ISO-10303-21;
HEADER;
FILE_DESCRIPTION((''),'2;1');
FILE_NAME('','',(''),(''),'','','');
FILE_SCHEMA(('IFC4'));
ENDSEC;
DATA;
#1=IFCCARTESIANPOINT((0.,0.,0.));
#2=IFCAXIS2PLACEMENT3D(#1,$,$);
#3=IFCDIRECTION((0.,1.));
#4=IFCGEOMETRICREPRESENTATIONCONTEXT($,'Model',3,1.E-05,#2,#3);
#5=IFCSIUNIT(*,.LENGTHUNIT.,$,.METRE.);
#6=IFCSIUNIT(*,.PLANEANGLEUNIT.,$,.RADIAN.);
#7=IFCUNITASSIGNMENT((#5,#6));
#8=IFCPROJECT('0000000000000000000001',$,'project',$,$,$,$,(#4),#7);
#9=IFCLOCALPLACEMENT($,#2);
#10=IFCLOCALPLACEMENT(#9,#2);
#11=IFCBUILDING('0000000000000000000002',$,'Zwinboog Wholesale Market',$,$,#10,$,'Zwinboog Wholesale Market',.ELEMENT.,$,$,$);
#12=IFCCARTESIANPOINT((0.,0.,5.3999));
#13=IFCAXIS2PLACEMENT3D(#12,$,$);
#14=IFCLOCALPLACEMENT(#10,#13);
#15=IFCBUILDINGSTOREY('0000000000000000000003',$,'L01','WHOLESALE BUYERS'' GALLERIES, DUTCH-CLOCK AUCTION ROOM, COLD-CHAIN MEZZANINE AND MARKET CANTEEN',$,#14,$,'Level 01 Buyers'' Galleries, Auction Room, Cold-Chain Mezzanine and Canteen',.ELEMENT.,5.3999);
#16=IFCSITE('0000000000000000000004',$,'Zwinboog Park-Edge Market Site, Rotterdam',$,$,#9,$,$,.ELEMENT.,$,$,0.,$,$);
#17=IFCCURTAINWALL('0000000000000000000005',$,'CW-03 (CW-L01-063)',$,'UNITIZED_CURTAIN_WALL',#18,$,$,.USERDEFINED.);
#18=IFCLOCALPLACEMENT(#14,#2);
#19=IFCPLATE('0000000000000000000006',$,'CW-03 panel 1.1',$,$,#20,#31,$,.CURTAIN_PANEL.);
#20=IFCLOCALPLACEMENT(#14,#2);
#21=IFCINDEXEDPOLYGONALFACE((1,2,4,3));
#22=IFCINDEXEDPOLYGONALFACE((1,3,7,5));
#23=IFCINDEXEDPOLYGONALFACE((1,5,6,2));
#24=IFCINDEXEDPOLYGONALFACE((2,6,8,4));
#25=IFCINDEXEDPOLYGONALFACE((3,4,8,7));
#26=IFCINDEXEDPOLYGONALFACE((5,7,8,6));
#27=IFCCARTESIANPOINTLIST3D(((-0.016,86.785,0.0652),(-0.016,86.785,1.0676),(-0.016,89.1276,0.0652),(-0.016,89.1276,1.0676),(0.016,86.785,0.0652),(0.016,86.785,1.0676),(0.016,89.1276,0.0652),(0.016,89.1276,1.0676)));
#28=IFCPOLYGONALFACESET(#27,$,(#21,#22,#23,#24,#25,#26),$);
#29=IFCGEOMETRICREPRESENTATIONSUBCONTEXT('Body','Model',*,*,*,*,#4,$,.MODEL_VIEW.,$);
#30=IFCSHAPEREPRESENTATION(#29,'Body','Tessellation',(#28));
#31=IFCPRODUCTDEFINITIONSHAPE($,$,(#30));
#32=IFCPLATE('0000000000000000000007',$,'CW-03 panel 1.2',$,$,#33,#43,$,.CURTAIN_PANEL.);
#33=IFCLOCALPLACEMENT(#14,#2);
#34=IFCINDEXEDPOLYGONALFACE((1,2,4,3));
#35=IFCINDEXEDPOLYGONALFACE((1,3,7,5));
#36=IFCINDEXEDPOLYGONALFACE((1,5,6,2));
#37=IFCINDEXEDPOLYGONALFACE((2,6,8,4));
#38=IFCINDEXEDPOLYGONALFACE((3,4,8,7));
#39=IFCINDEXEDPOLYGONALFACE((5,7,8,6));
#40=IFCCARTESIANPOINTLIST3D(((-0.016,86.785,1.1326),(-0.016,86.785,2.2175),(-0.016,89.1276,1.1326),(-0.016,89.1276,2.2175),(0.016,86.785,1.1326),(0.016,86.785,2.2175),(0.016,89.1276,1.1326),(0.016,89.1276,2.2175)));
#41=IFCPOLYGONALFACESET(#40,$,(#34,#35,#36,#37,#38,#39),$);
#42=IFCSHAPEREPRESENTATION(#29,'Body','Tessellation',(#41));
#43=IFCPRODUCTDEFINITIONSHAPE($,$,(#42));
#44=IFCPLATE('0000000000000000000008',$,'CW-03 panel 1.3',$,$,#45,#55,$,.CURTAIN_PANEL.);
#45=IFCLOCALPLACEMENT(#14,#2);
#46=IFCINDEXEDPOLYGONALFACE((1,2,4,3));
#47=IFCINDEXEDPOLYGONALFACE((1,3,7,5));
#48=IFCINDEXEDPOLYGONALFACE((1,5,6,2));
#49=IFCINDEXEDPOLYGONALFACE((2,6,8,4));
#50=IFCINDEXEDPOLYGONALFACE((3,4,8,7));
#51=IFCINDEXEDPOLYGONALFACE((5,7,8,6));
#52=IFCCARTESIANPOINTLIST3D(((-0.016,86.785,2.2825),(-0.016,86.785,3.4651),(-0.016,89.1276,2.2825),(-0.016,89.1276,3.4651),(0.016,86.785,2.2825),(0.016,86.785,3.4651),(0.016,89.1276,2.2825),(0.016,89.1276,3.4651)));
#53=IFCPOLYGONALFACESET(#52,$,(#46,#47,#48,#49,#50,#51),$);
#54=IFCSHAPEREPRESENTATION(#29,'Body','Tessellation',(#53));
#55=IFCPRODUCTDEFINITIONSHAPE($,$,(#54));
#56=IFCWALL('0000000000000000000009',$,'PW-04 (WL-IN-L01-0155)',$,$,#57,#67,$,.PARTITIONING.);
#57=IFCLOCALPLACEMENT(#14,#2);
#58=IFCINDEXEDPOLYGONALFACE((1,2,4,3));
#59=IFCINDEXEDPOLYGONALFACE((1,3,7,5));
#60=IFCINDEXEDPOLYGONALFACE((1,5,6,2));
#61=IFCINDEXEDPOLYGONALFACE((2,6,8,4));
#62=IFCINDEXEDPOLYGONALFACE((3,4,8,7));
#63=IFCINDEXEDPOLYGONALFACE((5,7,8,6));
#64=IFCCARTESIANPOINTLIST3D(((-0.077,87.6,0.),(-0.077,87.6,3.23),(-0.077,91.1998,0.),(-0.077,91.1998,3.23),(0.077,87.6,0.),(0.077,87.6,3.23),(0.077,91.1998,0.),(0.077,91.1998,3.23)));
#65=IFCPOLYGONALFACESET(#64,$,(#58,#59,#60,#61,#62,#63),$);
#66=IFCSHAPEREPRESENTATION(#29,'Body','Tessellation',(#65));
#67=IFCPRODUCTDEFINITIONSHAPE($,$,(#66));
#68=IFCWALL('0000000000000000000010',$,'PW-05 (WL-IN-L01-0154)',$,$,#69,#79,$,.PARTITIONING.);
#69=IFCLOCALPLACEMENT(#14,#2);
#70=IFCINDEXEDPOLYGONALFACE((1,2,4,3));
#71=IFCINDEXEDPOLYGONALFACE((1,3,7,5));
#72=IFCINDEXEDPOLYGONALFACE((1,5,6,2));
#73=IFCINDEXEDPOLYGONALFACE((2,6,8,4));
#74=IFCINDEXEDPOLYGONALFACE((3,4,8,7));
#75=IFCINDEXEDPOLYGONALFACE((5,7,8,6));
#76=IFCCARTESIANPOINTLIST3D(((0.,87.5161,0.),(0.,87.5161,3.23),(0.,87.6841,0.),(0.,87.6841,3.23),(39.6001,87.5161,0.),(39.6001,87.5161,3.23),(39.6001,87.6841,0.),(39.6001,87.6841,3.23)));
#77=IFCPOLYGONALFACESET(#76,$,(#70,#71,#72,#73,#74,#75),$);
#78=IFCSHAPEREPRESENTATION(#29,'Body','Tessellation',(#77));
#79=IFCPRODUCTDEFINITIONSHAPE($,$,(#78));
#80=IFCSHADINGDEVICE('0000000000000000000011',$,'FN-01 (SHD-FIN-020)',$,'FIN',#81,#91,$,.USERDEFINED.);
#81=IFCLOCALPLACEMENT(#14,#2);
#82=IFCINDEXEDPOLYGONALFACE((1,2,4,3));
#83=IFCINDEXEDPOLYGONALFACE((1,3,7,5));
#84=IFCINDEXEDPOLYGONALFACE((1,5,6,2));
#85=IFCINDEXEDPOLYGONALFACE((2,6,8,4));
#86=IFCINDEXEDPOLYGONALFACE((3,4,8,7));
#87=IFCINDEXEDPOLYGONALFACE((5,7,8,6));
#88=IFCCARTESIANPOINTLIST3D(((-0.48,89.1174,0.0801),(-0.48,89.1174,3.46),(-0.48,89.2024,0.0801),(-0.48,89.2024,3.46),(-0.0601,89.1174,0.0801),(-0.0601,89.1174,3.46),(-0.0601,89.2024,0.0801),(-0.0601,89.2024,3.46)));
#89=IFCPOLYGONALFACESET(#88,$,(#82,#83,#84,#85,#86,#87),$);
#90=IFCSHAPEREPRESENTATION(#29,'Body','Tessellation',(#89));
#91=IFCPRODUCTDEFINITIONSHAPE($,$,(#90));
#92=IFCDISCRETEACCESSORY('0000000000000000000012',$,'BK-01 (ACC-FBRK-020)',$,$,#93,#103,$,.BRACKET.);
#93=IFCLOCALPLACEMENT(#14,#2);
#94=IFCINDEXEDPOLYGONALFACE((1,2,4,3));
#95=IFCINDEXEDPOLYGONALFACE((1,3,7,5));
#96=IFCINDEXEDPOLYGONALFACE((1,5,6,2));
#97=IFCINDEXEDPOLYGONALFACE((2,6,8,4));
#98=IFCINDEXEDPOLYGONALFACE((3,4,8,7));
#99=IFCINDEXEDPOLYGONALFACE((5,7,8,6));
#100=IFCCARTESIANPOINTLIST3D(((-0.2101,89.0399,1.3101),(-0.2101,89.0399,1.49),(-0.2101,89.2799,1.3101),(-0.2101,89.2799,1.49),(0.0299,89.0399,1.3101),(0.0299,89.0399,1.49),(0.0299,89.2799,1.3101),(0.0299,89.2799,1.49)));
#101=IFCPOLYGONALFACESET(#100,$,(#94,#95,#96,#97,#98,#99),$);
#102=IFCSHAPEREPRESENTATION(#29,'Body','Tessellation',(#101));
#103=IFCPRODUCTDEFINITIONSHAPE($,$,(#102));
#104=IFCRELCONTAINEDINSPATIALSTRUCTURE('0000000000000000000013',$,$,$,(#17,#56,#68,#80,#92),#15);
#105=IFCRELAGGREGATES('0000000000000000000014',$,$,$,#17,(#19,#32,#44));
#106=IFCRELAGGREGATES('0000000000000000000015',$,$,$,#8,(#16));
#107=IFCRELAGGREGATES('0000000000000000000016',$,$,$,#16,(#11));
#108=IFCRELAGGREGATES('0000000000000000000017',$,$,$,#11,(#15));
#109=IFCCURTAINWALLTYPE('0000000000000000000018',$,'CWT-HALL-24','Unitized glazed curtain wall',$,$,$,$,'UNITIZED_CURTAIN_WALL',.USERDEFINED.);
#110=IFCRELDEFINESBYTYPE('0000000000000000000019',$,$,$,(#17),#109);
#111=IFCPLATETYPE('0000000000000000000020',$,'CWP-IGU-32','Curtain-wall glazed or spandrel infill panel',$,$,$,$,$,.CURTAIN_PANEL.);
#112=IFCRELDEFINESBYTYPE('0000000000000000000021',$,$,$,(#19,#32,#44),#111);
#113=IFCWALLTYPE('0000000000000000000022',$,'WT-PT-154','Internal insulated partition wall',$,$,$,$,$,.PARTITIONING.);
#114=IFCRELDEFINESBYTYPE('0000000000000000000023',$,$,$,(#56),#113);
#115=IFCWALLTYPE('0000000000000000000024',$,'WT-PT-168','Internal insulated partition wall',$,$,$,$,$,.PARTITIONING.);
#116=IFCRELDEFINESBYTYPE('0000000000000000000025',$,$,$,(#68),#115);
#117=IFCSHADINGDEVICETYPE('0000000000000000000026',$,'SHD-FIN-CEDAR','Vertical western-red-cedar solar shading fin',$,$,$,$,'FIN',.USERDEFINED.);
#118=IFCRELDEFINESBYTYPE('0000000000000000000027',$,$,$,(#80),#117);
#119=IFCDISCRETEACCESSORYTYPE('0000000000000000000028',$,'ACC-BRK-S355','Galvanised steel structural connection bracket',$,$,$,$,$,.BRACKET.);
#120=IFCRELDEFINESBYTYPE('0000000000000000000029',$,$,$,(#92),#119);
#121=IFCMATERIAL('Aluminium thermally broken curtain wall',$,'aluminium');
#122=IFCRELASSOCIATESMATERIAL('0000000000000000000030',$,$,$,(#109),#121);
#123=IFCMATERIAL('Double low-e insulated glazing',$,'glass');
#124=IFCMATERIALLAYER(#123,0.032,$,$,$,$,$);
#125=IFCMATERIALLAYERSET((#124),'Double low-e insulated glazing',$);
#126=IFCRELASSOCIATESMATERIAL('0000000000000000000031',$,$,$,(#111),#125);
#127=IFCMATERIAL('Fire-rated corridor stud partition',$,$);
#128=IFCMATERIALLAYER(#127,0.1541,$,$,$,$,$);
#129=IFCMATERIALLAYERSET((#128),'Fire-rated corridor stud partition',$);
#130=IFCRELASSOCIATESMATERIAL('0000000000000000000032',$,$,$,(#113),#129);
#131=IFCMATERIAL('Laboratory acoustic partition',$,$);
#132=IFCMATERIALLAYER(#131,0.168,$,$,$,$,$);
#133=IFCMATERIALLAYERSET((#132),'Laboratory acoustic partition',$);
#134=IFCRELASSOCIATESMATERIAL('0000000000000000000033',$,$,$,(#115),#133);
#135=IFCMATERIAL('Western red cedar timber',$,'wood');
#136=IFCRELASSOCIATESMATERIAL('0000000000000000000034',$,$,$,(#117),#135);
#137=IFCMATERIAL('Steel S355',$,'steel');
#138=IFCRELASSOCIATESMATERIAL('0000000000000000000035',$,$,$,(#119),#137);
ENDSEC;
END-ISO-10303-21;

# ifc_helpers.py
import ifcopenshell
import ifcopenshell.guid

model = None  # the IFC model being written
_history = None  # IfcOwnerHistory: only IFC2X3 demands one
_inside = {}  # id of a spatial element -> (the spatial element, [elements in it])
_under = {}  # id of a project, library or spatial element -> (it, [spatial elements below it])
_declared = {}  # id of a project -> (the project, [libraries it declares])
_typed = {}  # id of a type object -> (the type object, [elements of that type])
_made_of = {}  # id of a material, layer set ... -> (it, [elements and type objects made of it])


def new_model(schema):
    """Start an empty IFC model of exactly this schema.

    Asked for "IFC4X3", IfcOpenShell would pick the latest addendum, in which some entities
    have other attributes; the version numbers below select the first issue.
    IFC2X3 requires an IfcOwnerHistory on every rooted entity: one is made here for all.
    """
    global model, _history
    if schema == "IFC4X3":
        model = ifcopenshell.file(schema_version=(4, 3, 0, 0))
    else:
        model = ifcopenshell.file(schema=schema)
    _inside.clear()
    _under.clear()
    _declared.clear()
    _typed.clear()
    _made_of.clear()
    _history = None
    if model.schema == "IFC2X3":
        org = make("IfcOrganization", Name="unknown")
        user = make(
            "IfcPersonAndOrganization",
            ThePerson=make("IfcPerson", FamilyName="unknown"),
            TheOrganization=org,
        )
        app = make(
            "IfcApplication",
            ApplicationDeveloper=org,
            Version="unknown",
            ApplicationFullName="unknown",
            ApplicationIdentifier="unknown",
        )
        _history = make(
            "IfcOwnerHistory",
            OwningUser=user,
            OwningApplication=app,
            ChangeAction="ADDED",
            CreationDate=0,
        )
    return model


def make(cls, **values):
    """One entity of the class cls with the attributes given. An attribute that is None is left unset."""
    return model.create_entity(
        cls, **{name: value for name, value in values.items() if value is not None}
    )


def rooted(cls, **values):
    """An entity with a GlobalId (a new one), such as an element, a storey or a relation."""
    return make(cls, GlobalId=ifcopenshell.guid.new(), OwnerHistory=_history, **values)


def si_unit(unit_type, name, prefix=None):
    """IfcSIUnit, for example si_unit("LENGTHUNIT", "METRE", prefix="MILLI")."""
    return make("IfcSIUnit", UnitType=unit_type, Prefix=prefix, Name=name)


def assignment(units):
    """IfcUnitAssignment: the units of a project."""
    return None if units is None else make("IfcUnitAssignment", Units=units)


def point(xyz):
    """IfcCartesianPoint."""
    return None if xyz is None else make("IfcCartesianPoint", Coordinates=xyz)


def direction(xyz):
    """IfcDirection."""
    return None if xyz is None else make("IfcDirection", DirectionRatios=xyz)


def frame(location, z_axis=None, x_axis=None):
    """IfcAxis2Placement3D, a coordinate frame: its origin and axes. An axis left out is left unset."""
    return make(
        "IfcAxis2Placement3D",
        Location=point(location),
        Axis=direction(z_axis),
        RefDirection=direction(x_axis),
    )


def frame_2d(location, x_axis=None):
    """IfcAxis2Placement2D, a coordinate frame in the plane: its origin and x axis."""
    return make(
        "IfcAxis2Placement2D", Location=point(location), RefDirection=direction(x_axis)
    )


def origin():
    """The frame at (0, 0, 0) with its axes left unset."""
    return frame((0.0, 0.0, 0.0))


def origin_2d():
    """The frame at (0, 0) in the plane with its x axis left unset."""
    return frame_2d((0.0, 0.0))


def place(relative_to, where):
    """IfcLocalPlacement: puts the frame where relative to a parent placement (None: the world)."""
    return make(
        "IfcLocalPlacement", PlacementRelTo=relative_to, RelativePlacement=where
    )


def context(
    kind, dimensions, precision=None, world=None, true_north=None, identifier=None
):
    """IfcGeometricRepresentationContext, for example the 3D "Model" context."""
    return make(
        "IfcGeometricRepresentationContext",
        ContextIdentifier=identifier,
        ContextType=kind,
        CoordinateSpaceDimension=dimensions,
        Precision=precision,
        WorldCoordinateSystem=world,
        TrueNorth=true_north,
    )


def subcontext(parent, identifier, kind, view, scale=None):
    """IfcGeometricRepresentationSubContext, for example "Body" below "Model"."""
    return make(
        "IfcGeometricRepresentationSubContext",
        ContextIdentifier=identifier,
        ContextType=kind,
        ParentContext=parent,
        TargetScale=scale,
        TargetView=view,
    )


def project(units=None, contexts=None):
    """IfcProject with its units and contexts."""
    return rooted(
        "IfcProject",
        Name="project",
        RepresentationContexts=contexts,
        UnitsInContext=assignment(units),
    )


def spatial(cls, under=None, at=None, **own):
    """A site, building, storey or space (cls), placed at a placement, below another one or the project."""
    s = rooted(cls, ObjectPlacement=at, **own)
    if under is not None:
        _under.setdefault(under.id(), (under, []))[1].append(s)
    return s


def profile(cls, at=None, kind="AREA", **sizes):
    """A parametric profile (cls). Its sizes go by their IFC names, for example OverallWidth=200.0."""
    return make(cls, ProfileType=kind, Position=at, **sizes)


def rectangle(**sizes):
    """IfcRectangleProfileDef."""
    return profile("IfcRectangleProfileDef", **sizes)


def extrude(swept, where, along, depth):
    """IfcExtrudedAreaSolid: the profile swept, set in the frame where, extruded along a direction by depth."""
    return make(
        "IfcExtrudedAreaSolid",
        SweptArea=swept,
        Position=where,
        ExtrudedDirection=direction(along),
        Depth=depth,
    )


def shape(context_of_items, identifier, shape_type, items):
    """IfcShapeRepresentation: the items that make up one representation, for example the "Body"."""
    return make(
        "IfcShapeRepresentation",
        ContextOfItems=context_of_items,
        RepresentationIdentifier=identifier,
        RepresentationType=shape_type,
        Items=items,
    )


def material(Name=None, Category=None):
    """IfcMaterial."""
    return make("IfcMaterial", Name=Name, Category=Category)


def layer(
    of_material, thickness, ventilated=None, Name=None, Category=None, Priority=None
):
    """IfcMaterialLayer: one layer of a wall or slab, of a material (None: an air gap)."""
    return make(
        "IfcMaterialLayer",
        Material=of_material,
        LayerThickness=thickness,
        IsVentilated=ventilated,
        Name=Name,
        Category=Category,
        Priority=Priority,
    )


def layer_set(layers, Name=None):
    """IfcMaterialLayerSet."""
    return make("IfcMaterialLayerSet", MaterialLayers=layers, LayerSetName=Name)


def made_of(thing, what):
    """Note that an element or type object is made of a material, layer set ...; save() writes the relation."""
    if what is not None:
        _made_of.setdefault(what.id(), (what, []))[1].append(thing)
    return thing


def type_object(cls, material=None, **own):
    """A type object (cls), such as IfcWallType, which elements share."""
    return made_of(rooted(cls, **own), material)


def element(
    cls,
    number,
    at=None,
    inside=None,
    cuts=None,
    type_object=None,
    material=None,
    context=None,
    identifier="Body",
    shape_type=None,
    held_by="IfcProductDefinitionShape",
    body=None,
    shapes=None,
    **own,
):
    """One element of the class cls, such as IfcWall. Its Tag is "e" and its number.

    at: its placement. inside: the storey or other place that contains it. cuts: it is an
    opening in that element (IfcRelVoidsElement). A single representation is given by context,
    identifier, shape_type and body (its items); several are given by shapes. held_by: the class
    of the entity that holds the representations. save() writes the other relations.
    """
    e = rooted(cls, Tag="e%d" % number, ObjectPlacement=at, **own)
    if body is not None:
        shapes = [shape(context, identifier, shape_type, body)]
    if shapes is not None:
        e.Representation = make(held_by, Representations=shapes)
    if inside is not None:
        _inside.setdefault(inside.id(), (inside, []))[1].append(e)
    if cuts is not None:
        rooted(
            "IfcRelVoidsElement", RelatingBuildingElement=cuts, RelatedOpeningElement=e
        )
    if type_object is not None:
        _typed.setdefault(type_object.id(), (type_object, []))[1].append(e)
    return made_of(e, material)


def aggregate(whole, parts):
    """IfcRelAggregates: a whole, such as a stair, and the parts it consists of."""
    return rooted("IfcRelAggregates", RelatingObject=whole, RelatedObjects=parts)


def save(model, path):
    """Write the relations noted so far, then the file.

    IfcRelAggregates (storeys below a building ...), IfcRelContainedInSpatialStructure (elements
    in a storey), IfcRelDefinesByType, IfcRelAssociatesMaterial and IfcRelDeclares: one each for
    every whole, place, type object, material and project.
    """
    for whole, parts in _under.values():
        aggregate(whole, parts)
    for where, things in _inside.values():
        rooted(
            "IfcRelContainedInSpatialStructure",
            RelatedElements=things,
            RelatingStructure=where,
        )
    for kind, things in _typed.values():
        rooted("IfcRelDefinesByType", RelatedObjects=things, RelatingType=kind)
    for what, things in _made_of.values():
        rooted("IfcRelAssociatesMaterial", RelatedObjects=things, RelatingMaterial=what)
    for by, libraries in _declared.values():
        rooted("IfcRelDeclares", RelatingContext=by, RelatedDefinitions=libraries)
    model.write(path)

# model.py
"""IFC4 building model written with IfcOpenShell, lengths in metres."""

from ifc_helpers import new_model, si_unit, direction, frame, frame_2d, origin, origin_2d, place, context, subcontext, project, spatial, rectangle, extrude, material, layer, layer_set, type_object, element, aggregate, save


model = new_model("IFC4")

# Units and contexts
model_context = context("Model", 3, precision=1e-05, world=origin(), true_north=direction((0.0, 1.0)))
body_context = subcontext(model_context, "Body", "Model", "MODEL_VIEW")
ifc_project = project(units=[si_unit("LENGTHUNIT", "METRE"), si_unit("PLANEANGLEUNIT", "RADIAN")], contexts=[model_context])

# Site, building, storey
site_placement = place(None, origin())
site = spatial("IfcSite", under=ifc_project, at=site_placement, Name="Zwinboog Park-Edge Market Site, Rotterdam", CompositionType="ELEMENT", RefElevation=0.0)
building_placement = place(site_placement, origin())
building = spatial("IfcBuilding", under=site, at=building_placement, Name="Zwinboog Wholesale Market", LongName="Zwinboog Wholesale Market", CompositionType="ELEMENT")
storey_placement = place(building_placement, frame((0.0, 0.0, 5.3999)))
storey = spatial("IfcBuildingStorey", under=building, at=storey_placement, Name="L01", Description="WHOLESALE BUYERS' GALLERIES, DUTCH-CLOCK AUCTION ROOM, COLD-CHAIN MEZZANINE AND MARKET CANTEEN", LongName="Level 01 Buyers' Galleries, Auction Room, Cold-Chain Mezzanine and Canteen", CompositionType="ELEMENT", Elevation=5.3999)

# Curtain wall
ifc_material_1 = material(Name="Aluminium thermally broken curtain wall", Category="aluminium")
curtain_wall_type_1 = type_object("IfcCurtainWallType", Name="CWT-HALL-24", Description="Unitized glazed curtain wall", ElementType="UNITIZED_CURTAIN_WALL", PredefinedType="USERDEFINED", material=ifc_material_1)
curtain_wall_1_placement = place(storey_placement, origin())
curtain_wall_1 = element("IfcCurtainWall", 1, at=curtain_wall_1_placement, inside=storey, type_object=curtain_wall_type_1, Name="CW-03 (CW-L01-063)", ObjectType="UNITIZED_CURTAIN_WALL", PredefinedType="USERDEFINED")

# Plates
ifc_material_2 = material(Name="Double low-e insulated glazing", Category="glass")
ifc_layer_1 = layer(ifc_material_2, 0.032)
ifc_layer_set_1 = layer_set([ifc_layer_1], Name="Double low-e insulated glazing")
plate_type = type_object("IfcPlateType", Name="CWP-IGU-32", Description="Curtain-wall glazed or spandrel infill panel", PredefinedType="CURTAIN_PANEL", material=ifc_layer_set_1)
plate_1_placement = place(storey_placement, frame((0.0, 87.9563, 0.0652), z_axis=(0.0, 0.0, 1.0), x_axis=(0.0, 1.0, 0.0)))
plate_1 = element("IfcPlate", 2, at=plate_1_placement, type_object=plate_type, Name="CW-03 panel 1.1", PredefinedType="CURTAIN_PANEL", context=body_context, shape_type="SweptSolid", body=[
    extrude(rectangle(XDim=2.3425, YDim=0.032, at=origin_2d()), origin(), (0.0, 0.0, 1.0), 1.0024),
])
plate_2_placement = place(storey_placement, frame((0.0, 87.9563, 1.1326), z_axis=(0.0, 0.0, 1.0), x_axis=(0.0, 1.0, 0.0)))
plate_2 = element("IfcPlate", 3, at=plate_2_placement, type_object=plate_type, Name="CW-03 panel 1.2", PredefinedType="CURTAIN_PANEL", context=body_context, shape_type="SweptSolid", body=[
    extrude(rectangle(XDim=2.3425, YDim=0.032, at=origin_2d()), origin(), (0.0, 0.0, 1.0), 1.085),
])
plate_3_placement = place(storey_placement, frame((0.0, 87.9563, 2.2825), z_axis=(0.0, 0.0, 1.0), x_axis=(0.0, 1.0, 0.0)))
plate_3 = element("IfcPlate", 4, at=plate_3_placement, type_object=plate_type, Name="CW-03 panel 1.3", PredefinedType="CURTAIN_PANEL", context=body_context, shape_type="SweptSolid", body=[
    extrude(rectangle(XDim=2.3425, YDim=0.032, at=origin_2d()), origin(), (0.0, 0.0, 1.0), 1.1826),
])
aggregate(curtain_wall_1, [plate_1, plate_2, plate_3])

# Walls
ifc_material_3 = material(Name="Fire-rated corridor stud partition")
ifc_layer_2 = layer(ifc_material_3, 0.1541)
ifc_layer_set_2 = layer_set([ifc_layer_2], Name="Fire-rated corridor stud partition")
wall_type_1 = type_object("IfcWallType", Name="WT-PT-154", Description="Internal insulated partition wall", PredefinedType="PARTITIONING", material=ifc_layer_set_2)
wall_1_placement = place(storey_placement, frame((0.0, 87.6001, 0.0), z_axis=(0.0, 0.0, 1.0), x_axis=(0.0, 1.0, 0.0)))
element("IfcWall", 5, at=wall_1_placement, inside=storey, type_object=wall_type_1, Name="PW-04 (WL-IN-L01-0155)", PredefinedType="PARTITIONING", context=body_context, shape_type="SweptSolid", body=[
    extrude(rectangle(XDim=3.5999, YDim=0.1541, at=frame_2d((1.7998, 0.0))), origin(), (0.0, 0.0, 1.0), 3.23),
])
ifc_material_4 = material(Name="Laboratory acoustic partition")
ifc_layer_3 = layer(ifc_material_4, 0.168)
ifc_layer_set_3 = layer_set([ifc_layer_3], Name="Laboratory acoustic partition")
wall_type_2 = type_object("IfcWallType", Name="WT-PT-168", Description="Internal insulated partition wall", PredefinedType="PARTITIONING", material=ifc_layer_set_3)
wall_2_placement = place(storey_placement, frame((0.0, 87.6001, 0.0), z_axis=(0.0, 0.0, 1.0), x_axis=(1.0, 0.0, 0.0)))
element("IfcWall", 6, at=wall_2_placement, inside=storey, type_object=wall_type_2, Name="PW-05 (WL-IN-L01-0154)", PredefinedType="PARTITIONING", context=body_context, shape_type="SweptSolid", body=[
    extrude(rectangle(XDim=39.6001, YDim=0.168, at=frame_2d((19.8, 0.0))), origin(), (0.0, 0.0, 1.0), 3.23),
])

# Shading device
ifc_material_5 = material(Name="Western red cedar timber", Category="wood")
shading_device_type = type_object("IfcShadingDeviceType", Name="SHD-FIN-CEDAR", Description="Vertical western-red-cedar solar shading fin", ElementType="FIN", PredefinedType="USERDEFINED", material=ifc_material_5)
shading_device_placement = place(storey_placement, frame((-0.27, 89.1599, 0.0801), z_axis=(0.0, 0.0, 1.0), x_axis=(1.0, 0.0, 0.0)))
element("IfcShadingDevice", 7, at=shading_device_placement, inside=storey, type_object=shading_device_type, Name="FN-01 (SHD-FIN-020)", ObjectType="FIN", PredefinedType="USERDEFINED", context=body_context, shape_type="SweptSolid", body=[
    extrude(rectangle(XDim=0.4199, YDim=0.085, at=origin_2d()), origin(), (0.0, 0.0, 1.0), 3.3799),
])

# Discrete accessory
ifc_material_6 = material(Name="Steel S355", Category="steel")
discrete_accessory_type = type_object("IfcDiscreteAccessoryType", Name="ACC-BRK-S355", Description="Galvanised steel structural connection bracket", PredefinedType="BRACKET", material=ifc_material_6)
discrete_accessory_placement = place(storey_placement, frame((-0.0901, 89.1599, 1.3101), z_axis=(0.0, 0.0, 1.0), x_axis=(1.0, 0.0, 0.0)))
element("IfcDiscreteAccessory", 8, at=discrete_accessory_placement, inside=storey, type_object=discrete_accessory_type, Name="BK-01 (ACC-FBRK-020)", PredefinedType="BRACKET", context=body_context, shape_type="SweptSolid", body=[
    extrude(rectangle(XDim=0.24, YDim=0.24, at=origin_2d()), origin(), (0.0, 0.0, 1.0), 0.1799),
])

save(model, "model.ifc")
